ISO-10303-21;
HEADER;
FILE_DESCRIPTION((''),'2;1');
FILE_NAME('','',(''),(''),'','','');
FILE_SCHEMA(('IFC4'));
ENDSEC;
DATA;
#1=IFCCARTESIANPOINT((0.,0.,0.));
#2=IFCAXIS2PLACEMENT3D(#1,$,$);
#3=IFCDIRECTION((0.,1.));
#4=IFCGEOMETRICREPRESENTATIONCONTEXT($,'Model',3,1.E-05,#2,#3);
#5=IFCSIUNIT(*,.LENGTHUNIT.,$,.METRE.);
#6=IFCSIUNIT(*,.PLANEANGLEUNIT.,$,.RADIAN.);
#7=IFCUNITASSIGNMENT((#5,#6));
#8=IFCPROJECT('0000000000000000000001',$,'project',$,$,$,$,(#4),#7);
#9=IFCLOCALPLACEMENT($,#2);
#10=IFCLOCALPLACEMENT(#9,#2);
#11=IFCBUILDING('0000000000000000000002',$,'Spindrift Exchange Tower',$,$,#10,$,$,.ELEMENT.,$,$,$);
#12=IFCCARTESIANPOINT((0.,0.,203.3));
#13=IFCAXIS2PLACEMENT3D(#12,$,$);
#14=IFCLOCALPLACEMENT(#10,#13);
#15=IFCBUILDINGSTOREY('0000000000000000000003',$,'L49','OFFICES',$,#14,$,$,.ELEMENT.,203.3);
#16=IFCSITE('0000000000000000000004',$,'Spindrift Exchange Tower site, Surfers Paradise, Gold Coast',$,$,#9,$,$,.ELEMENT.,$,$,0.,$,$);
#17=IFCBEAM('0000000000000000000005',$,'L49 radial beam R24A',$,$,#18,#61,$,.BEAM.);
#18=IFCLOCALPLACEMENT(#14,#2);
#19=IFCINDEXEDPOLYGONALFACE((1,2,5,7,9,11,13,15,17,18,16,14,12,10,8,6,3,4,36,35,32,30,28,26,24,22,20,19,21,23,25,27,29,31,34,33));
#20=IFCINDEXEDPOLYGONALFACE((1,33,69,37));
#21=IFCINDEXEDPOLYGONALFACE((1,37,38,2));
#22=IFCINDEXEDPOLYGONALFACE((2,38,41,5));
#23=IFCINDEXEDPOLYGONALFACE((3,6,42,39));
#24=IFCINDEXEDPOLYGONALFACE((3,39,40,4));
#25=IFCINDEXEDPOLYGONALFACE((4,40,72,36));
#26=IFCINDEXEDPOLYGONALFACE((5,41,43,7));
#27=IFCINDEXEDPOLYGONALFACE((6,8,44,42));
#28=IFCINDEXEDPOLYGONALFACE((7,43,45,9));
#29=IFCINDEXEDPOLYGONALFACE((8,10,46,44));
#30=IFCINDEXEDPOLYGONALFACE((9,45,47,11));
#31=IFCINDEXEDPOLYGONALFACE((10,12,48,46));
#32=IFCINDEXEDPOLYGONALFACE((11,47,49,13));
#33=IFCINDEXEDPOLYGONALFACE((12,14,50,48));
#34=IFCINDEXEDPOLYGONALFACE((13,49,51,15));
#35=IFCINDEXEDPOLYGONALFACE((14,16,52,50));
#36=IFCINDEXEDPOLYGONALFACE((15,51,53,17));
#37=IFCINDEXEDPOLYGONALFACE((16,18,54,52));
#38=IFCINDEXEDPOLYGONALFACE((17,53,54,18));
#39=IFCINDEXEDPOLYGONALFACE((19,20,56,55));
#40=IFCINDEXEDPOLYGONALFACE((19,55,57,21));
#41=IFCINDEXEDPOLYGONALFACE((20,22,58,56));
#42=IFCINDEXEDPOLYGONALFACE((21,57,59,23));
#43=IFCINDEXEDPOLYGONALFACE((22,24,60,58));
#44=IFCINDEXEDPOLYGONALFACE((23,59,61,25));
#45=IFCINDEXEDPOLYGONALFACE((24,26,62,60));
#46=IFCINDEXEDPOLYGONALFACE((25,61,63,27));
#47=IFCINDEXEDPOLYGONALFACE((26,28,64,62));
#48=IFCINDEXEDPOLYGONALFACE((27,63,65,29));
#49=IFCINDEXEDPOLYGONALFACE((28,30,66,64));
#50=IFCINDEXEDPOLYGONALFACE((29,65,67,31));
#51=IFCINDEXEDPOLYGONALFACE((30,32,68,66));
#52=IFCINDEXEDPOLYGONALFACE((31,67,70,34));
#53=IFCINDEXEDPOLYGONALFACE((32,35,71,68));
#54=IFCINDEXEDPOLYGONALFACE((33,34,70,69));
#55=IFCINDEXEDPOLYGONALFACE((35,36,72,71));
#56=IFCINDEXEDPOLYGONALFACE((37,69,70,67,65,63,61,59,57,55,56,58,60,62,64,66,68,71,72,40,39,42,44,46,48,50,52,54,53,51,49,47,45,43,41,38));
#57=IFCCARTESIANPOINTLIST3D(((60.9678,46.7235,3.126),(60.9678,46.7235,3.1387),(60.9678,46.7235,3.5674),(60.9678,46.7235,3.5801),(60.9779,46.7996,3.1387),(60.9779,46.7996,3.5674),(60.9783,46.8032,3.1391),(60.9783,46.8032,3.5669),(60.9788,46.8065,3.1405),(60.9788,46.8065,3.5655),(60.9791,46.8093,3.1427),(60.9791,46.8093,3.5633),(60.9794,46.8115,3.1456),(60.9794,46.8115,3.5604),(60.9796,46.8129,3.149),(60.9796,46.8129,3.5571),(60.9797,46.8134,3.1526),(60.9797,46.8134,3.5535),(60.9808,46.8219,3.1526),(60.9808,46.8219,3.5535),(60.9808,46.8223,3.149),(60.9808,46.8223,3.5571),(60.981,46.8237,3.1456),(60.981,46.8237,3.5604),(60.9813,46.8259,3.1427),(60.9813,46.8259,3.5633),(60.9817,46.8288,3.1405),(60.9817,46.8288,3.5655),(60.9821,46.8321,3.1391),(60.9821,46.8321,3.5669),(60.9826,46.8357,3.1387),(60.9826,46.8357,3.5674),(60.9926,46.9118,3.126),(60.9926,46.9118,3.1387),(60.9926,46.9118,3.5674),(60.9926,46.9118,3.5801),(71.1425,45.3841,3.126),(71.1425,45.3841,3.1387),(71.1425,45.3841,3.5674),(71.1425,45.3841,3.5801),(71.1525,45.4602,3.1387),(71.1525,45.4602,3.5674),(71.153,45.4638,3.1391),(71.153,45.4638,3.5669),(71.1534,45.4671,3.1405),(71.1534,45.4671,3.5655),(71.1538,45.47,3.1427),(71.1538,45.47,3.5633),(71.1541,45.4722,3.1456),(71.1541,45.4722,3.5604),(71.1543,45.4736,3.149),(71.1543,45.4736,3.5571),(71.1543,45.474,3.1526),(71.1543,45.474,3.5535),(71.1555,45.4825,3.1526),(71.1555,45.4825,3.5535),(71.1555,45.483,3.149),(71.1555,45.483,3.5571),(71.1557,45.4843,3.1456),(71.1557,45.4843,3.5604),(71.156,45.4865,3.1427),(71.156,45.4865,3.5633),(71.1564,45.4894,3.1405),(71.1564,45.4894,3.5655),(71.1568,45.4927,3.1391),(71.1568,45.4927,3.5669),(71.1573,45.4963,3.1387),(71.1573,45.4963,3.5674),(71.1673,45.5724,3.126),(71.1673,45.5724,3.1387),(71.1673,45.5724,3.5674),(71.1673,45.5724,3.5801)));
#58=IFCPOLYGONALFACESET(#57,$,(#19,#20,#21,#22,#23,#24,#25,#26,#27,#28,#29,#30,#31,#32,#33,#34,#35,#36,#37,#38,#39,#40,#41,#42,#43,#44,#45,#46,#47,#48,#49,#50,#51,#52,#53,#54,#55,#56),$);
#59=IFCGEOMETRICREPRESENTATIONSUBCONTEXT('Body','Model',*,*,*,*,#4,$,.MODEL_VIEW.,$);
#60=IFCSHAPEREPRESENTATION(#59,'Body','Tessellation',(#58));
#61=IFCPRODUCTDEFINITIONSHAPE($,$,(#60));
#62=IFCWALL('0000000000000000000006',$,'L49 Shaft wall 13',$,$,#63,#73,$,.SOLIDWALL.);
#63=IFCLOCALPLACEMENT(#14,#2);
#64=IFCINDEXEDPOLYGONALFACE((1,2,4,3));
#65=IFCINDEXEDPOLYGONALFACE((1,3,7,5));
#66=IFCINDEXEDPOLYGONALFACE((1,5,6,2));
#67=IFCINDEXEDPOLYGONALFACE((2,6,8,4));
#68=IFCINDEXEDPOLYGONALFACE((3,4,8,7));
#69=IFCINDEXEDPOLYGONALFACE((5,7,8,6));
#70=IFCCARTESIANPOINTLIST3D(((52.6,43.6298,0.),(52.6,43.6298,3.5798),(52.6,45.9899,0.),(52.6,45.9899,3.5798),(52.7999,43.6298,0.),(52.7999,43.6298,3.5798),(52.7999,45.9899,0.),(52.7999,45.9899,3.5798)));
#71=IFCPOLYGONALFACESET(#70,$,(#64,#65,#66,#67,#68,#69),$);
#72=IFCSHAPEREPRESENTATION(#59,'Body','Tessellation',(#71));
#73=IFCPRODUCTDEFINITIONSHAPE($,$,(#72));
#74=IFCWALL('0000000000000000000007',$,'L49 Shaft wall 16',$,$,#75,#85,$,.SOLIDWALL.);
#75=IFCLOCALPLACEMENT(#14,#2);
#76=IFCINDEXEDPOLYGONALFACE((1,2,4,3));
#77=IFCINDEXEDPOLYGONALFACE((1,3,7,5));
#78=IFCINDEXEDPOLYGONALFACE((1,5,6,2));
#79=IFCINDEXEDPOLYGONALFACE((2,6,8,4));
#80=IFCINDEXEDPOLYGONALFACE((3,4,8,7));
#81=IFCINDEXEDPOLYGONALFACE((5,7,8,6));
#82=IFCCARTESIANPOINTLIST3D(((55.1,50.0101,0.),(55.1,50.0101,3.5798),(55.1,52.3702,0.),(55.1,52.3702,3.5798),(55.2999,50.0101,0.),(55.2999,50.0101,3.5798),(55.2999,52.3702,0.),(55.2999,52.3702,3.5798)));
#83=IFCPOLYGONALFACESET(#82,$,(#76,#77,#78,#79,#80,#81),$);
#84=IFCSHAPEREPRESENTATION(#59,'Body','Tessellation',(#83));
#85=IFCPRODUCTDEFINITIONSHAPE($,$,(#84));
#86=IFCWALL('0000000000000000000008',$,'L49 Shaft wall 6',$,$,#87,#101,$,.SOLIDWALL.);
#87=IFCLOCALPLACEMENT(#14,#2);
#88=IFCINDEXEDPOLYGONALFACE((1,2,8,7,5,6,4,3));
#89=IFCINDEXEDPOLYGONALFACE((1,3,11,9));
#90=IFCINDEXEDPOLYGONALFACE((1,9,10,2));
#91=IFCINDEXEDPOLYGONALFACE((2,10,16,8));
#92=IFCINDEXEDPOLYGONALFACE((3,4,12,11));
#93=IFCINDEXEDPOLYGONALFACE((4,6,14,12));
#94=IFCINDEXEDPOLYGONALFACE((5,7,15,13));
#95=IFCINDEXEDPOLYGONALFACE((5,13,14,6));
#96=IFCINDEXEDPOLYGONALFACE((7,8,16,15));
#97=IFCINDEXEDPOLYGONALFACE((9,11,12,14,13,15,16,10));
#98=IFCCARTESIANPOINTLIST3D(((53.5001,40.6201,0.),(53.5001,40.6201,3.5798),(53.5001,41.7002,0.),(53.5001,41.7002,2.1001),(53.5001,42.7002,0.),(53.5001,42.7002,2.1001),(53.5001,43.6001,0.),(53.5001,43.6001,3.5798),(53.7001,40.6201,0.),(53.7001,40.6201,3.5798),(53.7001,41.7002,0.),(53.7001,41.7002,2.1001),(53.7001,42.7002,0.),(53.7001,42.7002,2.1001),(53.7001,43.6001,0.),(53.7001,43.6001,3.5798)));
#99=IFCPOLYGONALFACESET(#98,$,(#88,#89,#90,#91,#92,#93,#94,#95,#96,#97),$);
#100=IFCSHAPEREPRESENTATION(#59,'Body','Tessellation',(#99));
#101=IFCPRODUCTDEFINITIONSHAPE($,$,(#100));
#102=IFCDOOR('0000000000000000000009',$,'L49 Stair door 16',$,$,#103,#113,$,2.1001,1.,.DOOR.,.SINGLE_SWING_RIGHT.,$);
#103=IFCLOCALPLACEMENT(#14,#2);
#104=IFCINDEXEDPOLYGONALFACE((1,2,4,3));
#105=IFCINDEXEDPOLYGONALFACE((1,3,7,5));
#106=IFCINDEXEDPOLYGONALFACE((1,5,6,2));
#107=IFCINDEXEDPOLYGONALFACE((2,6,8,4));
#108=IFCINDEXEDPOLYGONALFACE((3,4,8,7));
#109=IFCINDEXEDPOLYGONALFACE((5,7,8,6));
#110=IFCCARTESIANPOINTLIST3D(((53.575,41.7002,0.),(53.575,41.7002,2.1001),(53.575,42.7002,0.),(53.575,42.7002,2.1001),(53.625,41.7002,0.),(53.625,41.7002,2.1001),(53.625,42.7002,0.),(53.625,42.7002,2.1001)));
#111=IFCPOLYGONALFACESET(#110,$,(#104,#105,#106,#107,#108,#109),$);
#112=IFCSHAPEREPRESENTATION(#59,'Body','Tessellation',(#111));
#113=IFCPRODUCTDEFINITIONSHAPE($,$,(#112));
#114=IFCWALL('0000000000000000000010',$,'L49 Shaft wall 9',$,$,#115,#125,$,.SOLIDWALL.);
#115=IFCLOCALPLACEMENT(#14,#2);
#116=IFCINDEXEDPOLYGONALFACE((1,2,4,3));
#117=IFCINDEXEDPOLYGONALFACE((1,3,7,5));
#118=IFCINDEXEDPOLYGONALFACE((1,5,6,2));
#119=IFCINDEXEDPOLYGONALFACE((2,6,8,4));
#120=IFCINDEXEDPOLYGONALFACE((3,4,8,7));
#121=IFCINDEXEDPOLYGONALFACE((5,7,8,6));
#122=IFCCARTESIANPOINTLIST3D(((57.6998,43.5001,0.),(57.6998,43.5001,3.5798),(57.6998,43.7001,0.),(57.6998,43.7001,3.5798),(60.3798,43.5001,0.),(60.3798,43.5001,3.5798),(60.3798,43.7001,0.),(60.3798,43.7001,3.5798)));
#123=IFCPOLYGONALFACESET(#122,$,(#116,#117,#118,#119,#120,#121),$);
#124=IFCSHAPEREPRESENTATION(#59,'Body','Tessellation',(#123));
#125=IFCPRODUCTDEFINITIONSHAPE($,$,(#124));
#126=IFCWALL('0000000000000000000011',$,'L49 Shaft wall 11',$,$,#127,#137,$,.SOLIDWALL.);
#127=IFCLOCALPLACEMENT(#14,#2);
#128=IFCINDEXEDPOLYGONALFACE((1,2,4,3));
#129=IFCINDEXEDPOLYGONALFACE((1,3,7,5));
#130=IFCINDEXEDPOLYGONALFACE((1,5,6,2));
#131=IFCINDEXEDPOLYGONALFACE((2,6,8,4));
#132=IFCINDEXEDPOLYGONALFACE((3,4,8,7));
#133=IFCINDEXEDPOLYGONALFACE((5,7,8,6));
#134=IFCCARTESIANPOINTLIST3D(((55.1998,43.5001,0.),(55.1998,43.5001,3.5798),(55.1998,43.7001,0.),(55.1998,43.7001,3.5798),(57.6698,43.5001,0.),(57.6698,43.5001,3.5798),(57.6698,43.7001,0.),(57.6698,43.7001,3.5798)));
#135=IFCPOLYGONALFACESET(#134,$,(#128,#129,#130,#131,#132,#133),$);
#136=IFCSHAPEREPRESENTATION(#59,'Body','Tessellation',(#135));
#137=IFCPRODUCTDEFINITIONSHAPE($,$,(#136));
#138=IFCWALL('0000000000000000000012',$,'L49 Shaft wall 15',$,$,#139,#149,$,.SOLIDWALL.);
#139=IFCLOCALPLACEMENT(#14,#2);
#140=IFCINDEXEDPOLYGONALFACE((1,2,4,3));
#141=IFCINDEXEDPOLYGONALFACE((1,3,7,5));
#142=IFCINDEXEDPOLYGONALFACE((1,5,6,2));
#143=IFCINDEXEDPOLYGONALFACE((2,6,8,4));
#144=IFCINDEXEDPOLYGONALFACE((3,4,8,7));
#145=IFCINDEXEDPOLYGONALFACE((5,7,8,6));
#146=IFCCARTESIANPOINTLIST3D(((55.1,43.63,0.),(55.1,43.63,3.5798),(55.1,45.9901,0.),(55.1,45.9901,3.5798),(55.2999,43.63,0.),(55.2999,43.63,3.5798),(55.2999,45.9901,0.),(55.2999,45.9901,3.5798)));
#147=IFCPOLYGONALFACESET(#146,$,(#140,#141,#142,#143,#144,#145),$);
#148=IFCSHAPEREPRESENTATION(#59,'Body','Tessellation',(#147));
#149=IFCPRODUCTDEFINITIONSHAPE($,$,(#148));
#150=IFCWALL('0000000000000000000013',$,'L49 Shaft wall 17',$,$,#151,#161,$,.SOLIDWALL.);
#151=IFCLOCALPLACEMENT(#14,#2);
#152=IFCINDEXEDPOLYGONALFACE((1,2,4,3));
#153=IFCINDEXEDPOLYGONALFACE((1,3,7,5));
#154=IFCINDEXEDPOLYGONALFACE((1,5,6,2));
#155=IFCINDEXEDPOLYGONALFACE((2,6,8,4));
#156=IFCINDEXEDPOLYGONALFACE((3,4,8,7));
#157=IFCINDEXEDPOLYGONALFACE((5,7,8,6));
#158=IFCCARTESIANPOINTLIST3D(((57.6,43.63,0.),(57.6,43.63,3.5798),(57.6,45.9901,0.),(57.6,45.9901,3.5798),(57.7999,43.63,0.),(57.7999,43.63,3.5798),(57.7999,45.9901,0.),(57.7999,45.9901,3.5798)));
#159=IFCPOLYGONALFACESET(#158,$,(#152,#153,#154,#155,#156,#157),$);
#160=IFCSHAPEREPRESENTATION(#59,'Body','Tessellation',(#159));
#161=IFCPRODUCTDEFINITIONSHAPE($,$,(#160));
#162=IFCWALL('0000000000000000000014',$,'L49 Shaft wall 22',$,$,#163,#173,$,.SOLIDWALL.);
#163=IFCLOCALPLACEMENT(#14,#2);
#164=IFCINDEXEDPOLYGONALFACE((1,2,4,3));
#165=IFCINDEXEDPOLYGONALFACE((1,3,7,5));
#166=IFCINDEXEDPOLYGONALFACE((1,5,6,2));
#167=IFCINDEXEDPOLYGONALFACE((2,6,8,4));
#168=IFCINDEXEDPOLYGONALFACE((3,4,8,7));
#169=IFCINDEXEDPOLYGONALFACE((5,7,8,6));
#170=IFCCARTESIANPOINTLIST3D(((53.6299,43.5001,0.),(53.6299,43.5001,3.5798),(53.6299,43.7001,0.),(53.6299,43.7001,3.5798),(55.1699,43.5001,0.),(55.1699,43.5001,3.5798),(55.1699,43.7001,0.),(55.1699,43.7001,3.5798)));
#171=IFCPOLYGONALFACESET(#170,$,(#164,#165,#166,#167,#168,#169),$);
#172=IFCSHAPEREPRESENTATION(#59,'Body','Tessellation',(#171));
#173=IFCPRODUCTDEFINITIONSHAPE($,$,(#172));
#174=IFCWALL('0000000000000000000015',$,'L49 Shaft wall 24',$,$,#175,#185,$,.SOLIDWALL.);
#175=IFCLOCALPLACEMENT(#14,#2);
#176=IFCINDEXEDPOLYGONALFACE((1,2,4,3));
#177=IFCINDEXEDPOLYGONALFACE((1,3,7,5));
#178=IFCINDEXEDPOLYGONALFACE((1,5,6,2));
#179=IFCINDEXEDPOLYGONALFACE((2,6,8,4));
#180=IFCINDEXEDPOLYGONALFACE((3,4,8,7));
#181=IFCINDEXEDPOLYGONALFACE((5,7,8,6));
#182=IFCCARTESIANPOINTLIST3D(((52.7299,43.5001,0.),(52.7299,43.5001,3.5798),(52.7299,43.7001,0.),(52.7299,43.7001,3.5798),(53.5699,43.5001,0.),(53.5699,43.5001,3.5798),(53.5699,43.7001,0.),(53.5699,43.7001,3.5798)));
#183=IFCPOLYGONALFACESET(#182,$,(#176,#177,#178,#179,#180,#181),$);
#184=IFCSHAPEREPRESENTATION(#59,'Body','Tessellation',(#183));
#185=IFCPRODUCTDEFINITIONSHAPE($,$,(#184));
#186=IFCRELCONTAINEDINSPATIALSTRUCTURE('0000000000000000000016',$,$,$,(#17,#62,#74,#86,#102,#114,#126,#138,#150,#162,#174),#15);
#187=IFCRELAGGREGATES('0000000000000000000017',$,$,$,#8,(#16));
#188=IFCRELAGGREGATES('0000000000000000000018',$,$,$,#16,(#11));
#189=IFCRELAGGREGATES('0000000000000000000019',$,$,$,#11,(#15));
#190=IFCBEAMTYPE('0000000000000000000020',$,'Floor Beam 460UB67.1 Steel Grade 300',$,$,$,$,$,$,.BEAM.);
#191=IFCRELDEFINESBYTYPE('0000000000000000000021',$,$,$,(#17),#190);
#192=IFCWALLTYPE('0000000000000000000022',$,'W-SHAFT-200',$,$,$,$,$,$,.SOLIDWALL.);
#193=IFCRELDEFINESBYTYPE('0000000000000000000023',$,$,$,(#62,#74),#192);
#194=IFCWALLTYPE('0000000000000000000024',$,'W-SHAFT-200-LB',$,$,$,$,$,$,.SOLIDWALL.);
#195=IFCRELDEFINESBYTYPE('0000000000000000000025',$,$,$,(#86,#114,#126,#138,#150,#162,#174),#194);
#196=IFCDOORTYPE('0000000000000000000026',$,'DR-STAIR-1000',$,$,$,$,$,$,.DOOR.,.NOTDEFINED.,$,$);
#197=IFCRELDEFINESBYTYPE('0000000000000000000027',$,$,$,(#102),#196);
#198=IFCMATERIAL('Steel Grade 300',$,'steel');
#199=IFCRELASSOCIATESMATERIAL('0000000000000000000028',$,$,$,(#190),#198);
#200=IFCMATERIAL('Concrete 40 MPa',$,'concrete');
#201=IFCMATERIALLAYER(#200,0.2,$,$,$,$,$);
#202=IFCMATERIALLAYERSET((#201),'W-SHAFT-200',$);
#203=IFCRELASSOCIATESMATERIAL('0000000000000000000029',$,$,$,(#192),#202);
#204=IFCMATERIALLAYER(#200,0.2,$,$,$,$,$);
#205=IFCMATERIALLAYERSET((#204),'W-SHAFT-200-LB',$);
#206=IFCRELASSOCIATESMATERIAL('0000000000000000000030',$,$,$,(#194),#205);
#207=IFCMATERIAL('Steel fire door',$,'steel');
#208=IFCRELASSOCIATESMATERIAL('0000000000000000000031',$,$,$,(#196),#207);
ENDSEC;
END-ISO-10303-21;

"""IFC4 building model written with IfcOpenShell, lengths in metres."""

from ifc_helpers import new_model, si_unit, direction, frame, frame_2d, origin, origin_2d, place, context, subcontext, project, spatial, rectangle, i_section, extrude, source, transform, mapped, material, layer, layer_set, material_profile, profile_set, type_object, element, fill, save


model = new_model("IFC4")

# Units and contexts
model_context = context("Model", 3, precision=1e-05, world=origin(), true_north=direction((0.0, 1.0)))
body_context = subcontext(model_context, "Body", "Model", "MODEL_VIEW")
ifc_project = project(units=[si_unit("LENGTHUNIT", "METRE"), si_unit("PLANEANGLEUNIT", "RADIAN")], contexts=[model_context])

# Site, building, storey
site_placement = place(None, origin())
site = spatial("IfcSite", under=ifc_project, at=site_placement, Name="Spindrift Exchange Tower site, Surfers Paradise, Gold Coast", CompositionType="ELEMENT", RefElevation=0.0)
building_placement = place(site_placement, origin())
building = spatial("IfcBuilding", under=site, at=building_placement, Name="Spindrift Exchange Tower", CompositionType="ELEMENT")
storey_placement = place(building_placement, frame((0.0, 0.0, 203.3)))
storey = spatial("IfcBuildingStorey", under=building, at=storey_placement, Name="L49", Description="OFFICES", CompositionType="ELEMENT", Elevation=203.3)

# Beam
ifc_material_1 = material(Name="Steel Grade 300", Category="steel")
ifc_material_profile_1 = material_profile(ifc_material_1, i_section(OverallWidth=0.1899, OverallDepth=0.4541, WebThickness=0.0085, FlangeThickness=0.0127, FilletRadius=0.0139, at=origin_2d()), Name="460UB67.1")
ifc_profile_set_1 = profile_set([ifc_material_profile_1], Name="Steel Grade 300")
beam_type_1 = type_object("IfcBeamType", Name="Floor Beam 460UB67.1 Steel Grade 300", PredefinedType="BEAM", material=ifc_profile_set_1)
shared_shape_1 = source(origin(), body_context, "Body", "SweptSolid", [
    extrude(i_section(OverallWidth=0.1899, OverallDepth=0.4541, WebThickness=0.0085, FlangeThickness=0.0127, FilletRadius=0.0139, at=origin_2d()), origin(), (0.0, 0.0, 1.0), 10.2625),
])
beam_1_placement = place(storey_placement, frame((60.9802, 46.8176, 3.353), z_axis=(0.991447, -0.130512, 0.0), x_axis=(0.130512, 0.991447, 0.0)))
element("IfcBeam", 1, at=beam_1_placement, inside=storey, type_object=beam_type_1, Name="L49 radial beam R24A", PredefinedType="BEAM", context=body_context, shape_type="MappedRepresentation", body=[
    mapped(shared_shape_1, transform((0.0, 0.0, 0.0), scale=1.0)),
])

# Walls
ifc_material_2 = material(Name="Concrete 40 MPa", Category="concrete")
ifc_layer_1 = layer(ifc_material_2, 0.2)
ifc_layer_set_1 = layer_set([ifc_layer_1], Name="W-SHAFT-200")
wall_type_1 = type_object("IfcWallType", Name="W-SHAFT-200", PredefinedType="SOLIDWALL", material=ifc_layer_set_1)
for number, where, z_axis, x_axis, name in (
    (2, (52.7, 45.99, 0.0), (0.0, 0.0, 1.0), (0.0, -1.0, 0.0), "L49 Shaft wall 13"),
    (3, (55.2, 50.01, 0.0), (0.0, 0.0, 1.0), (0.0, 1.0, 0.0), "L49 Shaft wall 16"),
):
    element("IfcWall", number, at=place(storey_placement, frame(where, z_axis=z_axis, x_axis=x_axis)), inside=storey, type_object=wall_type_1, Name=name, PredefinedType="SOLIDWALL", context=body_context, shape_type="SweptSolid", body=[
        extrude(rectangle(XDim=2.3601, YDim=0.2, at=frame_2d((1.1802, 0.0))), origin(), (0.0, 0.0, 1.0), 3.5798),
    ])

# Wall, opening, door
ifc_layer_2 = layer(ifc_material_2, 0.2)
ifc_layer_set_2 = layer_set([ifc_layer_2], Name="W-SHAFT-200-LB")
wall_type_2 = type_object("IfcWallType", Name="W-SHAFT-200-LB", PredefinedType="SOLIDWALL", material=ifc_layer_set_2)
wall_1_placement = place(storey_placement, frame((53.6001, 43.6001, 0.0), z_axis=(0.0, 0.0, 1.0), x_axis=(0.0, -1.0, 0.0)))
wall_1 = element("IfcWall", 4, at=wall_1_placement, inside=storey, type_object=wall_type_2, Name="L49 Shaft wall 6", PredefinedType="SOLIDWALL", context=body_context, shape_type="SweptSolid", body=[
    extrude(rectangle(XDim=2.98, YDim=0.2, at=frame_2d((1.49, 0.0))), origin(), (0.0, 0.0, 1.0), 3.5798),
])
opening_placement = place(wall_1_placement, frame((0.8999, 0.0, 0.0)))
opening = element("IfcOpeningElement", 5, at=opening_placement, cuts=wall_1, PredefinedType="OPENING", context=body_context, shape_type="SweptSolid", body=[
    extrude(rectangle(XDim=1.0, YDim=2.1001, at=frame_2d((0.5, 1.05))), frame((0.0, 0.1099, 0.0), z_axis=(0.0, -1.0, 0.0), x_axis=(1.0, 0.0, 0.0)), (0.0, 0.0, 1.0), 0.22),
])
ifc_material_3 = material(Name="Steel fire door", Category="steel")
door_type = type_object("IfcDoorType", Name="DR-STAIR-1000", OperationType="NOTDEFINED", PredefinedType="DOOR", material=ifc_material_3)
shared_shape_2 = source(origin(), body_context, "Body", "SweptSolid", [
    extrude(rectangle(XDim=1.0, YDim=2.1001, at=frame_2d((0.5, 1.05))), frame((0.0, 0.0249, 0.0), z_axis=(0.0, -1.0, 0.0), x_axis=(1.0, 0.0, 0.0)), (0.0, 0.0, 1.0), 0.05),
])
door_placement = place(opening_placement, origin())
door = element("IfcDoor", 6, at=door_placement, inside=storey, type_object=door_type, Name="L49 Stair door 16", OperationType="SINGLE_SWING_RIGHT", OverallHeight=2.1001, OverallWidth=1.0, PredefinedType="DOOR", context=body_context, shape_type="MappedRepresentation", body=[
    mapped(shared_shape_2, transform((0.0, 0.0, 0.0), scale=1.0)),
])
fill(opening, door)

# Walls
wall_2_placement = place(storey_placement, frame((57.7, 43.6001, 0.0), z_axis=(0.0, 0.0, 1.0), x_axis=(1.0, 0.0, 0.0)))
element("IfcWall", 7, at=wall_2_placement, inside=storey, type_object=wall_type_2, Name="L49 Shaft wall 9", PredefinedType="SOLIDWALL", context=body_context, shape_type="SweptSolid", body=[
    extrude(rectangle(XDim=2.6799, YDim=0.2, at=frame_2d((1.3398, 0.0))), origin(), (0.0, 0.0, 1.0), 3.5798),
])
wall_3_placement = place(storey_placement, frame((55.2, 43.6001, 0.0), z_axis=(0.0, 0.0, 1.0), x_axis=(1.0, 0.0, 0.0)))
element("IfcWall", 8, at=wall_3_placement, inside=storey, type_object=wall_type_2, Name="L49 Shaft wall 11", PredefinedType="SOLIDWALL", context=body_context, shape_type="SweptSolid", body=[
    extrude(rectangle(XDim=2.47, YDim=0.2, at=frame_2d((1.2349, 0.0))), origin(), (0.0, 0.0, 1.0), 3.5798),
])
for number, where, z_axis, x_axis, name in (
    (9, (55.2, 43.6299, 0.0), (0.0, 0.0, 1.0), (0.0, 1.0, 0.0), "L49 Shaft wall 15"),
    (10, (57.7, 43.6299, 0.0), (0.0, 0.0, 1.0), (0.0, 1.0, 0.0), "L49 Shaft wall 17"),
):
    element("IfcWall", number, at=place(storey_placement, frame(where, z_axis=z_axis, x_axis=x_axis)), inside=storey, type_object=wall_type_2, Name=name, PredefinedType="SOLIDWALL", context=body_context, shape_type="SweptSolid", body=[
        extrude(rectangle(XDim=2.3601, YDim=0.2, at=frame_2d((1.1802, 0.0))), origin(), (0.0, 0.0, 1.0), 3.5798),
    ])
wall_4_placement = place(storey_placement, frame((53.6299, 43.6001, 0.0), z_axis=(0.0, 0.0, 1.0), x_axis=(1.0, 0.0, 0.0)))
element("IfcWall", 11, at=wall_4_placement, inside=storey, type_object=wall_type_2, Name="L49 Shaft wall 22", PredefinedType="SOLIDWALL", context=body_context, shape_type="SweptSolid", body=[
    extrude(rectangle(XDim=1.54, YDim=0.2, at=frame_2d((0.77, 0.0))), origin(), (0.0, 0.0, 1.0), 3.5798),
])
wall_5_placement = place(storey_placement, frame((52.73, 43.6001, 0.0), z_axis=(0.0, 0.0, 1.0), x_axis=(1.0, 0.0, 0.0)))
element("IfcWall", 12, at=wall_5_placement, inside=storey, type_object=wall_type_2, Name="L49 Shaft wall 24", PredefinedType="SOLIDWALL", context=body_context, shape_type="SweptSolid", body=[
    extrude(rectangle(XDim=0.8401, YDim=0.2, at=frame_2d((0.4199, 0.0))), origin(), (0.0, 0.0, 1.0), 3.5798),
])

save(model, "model.ifc")
